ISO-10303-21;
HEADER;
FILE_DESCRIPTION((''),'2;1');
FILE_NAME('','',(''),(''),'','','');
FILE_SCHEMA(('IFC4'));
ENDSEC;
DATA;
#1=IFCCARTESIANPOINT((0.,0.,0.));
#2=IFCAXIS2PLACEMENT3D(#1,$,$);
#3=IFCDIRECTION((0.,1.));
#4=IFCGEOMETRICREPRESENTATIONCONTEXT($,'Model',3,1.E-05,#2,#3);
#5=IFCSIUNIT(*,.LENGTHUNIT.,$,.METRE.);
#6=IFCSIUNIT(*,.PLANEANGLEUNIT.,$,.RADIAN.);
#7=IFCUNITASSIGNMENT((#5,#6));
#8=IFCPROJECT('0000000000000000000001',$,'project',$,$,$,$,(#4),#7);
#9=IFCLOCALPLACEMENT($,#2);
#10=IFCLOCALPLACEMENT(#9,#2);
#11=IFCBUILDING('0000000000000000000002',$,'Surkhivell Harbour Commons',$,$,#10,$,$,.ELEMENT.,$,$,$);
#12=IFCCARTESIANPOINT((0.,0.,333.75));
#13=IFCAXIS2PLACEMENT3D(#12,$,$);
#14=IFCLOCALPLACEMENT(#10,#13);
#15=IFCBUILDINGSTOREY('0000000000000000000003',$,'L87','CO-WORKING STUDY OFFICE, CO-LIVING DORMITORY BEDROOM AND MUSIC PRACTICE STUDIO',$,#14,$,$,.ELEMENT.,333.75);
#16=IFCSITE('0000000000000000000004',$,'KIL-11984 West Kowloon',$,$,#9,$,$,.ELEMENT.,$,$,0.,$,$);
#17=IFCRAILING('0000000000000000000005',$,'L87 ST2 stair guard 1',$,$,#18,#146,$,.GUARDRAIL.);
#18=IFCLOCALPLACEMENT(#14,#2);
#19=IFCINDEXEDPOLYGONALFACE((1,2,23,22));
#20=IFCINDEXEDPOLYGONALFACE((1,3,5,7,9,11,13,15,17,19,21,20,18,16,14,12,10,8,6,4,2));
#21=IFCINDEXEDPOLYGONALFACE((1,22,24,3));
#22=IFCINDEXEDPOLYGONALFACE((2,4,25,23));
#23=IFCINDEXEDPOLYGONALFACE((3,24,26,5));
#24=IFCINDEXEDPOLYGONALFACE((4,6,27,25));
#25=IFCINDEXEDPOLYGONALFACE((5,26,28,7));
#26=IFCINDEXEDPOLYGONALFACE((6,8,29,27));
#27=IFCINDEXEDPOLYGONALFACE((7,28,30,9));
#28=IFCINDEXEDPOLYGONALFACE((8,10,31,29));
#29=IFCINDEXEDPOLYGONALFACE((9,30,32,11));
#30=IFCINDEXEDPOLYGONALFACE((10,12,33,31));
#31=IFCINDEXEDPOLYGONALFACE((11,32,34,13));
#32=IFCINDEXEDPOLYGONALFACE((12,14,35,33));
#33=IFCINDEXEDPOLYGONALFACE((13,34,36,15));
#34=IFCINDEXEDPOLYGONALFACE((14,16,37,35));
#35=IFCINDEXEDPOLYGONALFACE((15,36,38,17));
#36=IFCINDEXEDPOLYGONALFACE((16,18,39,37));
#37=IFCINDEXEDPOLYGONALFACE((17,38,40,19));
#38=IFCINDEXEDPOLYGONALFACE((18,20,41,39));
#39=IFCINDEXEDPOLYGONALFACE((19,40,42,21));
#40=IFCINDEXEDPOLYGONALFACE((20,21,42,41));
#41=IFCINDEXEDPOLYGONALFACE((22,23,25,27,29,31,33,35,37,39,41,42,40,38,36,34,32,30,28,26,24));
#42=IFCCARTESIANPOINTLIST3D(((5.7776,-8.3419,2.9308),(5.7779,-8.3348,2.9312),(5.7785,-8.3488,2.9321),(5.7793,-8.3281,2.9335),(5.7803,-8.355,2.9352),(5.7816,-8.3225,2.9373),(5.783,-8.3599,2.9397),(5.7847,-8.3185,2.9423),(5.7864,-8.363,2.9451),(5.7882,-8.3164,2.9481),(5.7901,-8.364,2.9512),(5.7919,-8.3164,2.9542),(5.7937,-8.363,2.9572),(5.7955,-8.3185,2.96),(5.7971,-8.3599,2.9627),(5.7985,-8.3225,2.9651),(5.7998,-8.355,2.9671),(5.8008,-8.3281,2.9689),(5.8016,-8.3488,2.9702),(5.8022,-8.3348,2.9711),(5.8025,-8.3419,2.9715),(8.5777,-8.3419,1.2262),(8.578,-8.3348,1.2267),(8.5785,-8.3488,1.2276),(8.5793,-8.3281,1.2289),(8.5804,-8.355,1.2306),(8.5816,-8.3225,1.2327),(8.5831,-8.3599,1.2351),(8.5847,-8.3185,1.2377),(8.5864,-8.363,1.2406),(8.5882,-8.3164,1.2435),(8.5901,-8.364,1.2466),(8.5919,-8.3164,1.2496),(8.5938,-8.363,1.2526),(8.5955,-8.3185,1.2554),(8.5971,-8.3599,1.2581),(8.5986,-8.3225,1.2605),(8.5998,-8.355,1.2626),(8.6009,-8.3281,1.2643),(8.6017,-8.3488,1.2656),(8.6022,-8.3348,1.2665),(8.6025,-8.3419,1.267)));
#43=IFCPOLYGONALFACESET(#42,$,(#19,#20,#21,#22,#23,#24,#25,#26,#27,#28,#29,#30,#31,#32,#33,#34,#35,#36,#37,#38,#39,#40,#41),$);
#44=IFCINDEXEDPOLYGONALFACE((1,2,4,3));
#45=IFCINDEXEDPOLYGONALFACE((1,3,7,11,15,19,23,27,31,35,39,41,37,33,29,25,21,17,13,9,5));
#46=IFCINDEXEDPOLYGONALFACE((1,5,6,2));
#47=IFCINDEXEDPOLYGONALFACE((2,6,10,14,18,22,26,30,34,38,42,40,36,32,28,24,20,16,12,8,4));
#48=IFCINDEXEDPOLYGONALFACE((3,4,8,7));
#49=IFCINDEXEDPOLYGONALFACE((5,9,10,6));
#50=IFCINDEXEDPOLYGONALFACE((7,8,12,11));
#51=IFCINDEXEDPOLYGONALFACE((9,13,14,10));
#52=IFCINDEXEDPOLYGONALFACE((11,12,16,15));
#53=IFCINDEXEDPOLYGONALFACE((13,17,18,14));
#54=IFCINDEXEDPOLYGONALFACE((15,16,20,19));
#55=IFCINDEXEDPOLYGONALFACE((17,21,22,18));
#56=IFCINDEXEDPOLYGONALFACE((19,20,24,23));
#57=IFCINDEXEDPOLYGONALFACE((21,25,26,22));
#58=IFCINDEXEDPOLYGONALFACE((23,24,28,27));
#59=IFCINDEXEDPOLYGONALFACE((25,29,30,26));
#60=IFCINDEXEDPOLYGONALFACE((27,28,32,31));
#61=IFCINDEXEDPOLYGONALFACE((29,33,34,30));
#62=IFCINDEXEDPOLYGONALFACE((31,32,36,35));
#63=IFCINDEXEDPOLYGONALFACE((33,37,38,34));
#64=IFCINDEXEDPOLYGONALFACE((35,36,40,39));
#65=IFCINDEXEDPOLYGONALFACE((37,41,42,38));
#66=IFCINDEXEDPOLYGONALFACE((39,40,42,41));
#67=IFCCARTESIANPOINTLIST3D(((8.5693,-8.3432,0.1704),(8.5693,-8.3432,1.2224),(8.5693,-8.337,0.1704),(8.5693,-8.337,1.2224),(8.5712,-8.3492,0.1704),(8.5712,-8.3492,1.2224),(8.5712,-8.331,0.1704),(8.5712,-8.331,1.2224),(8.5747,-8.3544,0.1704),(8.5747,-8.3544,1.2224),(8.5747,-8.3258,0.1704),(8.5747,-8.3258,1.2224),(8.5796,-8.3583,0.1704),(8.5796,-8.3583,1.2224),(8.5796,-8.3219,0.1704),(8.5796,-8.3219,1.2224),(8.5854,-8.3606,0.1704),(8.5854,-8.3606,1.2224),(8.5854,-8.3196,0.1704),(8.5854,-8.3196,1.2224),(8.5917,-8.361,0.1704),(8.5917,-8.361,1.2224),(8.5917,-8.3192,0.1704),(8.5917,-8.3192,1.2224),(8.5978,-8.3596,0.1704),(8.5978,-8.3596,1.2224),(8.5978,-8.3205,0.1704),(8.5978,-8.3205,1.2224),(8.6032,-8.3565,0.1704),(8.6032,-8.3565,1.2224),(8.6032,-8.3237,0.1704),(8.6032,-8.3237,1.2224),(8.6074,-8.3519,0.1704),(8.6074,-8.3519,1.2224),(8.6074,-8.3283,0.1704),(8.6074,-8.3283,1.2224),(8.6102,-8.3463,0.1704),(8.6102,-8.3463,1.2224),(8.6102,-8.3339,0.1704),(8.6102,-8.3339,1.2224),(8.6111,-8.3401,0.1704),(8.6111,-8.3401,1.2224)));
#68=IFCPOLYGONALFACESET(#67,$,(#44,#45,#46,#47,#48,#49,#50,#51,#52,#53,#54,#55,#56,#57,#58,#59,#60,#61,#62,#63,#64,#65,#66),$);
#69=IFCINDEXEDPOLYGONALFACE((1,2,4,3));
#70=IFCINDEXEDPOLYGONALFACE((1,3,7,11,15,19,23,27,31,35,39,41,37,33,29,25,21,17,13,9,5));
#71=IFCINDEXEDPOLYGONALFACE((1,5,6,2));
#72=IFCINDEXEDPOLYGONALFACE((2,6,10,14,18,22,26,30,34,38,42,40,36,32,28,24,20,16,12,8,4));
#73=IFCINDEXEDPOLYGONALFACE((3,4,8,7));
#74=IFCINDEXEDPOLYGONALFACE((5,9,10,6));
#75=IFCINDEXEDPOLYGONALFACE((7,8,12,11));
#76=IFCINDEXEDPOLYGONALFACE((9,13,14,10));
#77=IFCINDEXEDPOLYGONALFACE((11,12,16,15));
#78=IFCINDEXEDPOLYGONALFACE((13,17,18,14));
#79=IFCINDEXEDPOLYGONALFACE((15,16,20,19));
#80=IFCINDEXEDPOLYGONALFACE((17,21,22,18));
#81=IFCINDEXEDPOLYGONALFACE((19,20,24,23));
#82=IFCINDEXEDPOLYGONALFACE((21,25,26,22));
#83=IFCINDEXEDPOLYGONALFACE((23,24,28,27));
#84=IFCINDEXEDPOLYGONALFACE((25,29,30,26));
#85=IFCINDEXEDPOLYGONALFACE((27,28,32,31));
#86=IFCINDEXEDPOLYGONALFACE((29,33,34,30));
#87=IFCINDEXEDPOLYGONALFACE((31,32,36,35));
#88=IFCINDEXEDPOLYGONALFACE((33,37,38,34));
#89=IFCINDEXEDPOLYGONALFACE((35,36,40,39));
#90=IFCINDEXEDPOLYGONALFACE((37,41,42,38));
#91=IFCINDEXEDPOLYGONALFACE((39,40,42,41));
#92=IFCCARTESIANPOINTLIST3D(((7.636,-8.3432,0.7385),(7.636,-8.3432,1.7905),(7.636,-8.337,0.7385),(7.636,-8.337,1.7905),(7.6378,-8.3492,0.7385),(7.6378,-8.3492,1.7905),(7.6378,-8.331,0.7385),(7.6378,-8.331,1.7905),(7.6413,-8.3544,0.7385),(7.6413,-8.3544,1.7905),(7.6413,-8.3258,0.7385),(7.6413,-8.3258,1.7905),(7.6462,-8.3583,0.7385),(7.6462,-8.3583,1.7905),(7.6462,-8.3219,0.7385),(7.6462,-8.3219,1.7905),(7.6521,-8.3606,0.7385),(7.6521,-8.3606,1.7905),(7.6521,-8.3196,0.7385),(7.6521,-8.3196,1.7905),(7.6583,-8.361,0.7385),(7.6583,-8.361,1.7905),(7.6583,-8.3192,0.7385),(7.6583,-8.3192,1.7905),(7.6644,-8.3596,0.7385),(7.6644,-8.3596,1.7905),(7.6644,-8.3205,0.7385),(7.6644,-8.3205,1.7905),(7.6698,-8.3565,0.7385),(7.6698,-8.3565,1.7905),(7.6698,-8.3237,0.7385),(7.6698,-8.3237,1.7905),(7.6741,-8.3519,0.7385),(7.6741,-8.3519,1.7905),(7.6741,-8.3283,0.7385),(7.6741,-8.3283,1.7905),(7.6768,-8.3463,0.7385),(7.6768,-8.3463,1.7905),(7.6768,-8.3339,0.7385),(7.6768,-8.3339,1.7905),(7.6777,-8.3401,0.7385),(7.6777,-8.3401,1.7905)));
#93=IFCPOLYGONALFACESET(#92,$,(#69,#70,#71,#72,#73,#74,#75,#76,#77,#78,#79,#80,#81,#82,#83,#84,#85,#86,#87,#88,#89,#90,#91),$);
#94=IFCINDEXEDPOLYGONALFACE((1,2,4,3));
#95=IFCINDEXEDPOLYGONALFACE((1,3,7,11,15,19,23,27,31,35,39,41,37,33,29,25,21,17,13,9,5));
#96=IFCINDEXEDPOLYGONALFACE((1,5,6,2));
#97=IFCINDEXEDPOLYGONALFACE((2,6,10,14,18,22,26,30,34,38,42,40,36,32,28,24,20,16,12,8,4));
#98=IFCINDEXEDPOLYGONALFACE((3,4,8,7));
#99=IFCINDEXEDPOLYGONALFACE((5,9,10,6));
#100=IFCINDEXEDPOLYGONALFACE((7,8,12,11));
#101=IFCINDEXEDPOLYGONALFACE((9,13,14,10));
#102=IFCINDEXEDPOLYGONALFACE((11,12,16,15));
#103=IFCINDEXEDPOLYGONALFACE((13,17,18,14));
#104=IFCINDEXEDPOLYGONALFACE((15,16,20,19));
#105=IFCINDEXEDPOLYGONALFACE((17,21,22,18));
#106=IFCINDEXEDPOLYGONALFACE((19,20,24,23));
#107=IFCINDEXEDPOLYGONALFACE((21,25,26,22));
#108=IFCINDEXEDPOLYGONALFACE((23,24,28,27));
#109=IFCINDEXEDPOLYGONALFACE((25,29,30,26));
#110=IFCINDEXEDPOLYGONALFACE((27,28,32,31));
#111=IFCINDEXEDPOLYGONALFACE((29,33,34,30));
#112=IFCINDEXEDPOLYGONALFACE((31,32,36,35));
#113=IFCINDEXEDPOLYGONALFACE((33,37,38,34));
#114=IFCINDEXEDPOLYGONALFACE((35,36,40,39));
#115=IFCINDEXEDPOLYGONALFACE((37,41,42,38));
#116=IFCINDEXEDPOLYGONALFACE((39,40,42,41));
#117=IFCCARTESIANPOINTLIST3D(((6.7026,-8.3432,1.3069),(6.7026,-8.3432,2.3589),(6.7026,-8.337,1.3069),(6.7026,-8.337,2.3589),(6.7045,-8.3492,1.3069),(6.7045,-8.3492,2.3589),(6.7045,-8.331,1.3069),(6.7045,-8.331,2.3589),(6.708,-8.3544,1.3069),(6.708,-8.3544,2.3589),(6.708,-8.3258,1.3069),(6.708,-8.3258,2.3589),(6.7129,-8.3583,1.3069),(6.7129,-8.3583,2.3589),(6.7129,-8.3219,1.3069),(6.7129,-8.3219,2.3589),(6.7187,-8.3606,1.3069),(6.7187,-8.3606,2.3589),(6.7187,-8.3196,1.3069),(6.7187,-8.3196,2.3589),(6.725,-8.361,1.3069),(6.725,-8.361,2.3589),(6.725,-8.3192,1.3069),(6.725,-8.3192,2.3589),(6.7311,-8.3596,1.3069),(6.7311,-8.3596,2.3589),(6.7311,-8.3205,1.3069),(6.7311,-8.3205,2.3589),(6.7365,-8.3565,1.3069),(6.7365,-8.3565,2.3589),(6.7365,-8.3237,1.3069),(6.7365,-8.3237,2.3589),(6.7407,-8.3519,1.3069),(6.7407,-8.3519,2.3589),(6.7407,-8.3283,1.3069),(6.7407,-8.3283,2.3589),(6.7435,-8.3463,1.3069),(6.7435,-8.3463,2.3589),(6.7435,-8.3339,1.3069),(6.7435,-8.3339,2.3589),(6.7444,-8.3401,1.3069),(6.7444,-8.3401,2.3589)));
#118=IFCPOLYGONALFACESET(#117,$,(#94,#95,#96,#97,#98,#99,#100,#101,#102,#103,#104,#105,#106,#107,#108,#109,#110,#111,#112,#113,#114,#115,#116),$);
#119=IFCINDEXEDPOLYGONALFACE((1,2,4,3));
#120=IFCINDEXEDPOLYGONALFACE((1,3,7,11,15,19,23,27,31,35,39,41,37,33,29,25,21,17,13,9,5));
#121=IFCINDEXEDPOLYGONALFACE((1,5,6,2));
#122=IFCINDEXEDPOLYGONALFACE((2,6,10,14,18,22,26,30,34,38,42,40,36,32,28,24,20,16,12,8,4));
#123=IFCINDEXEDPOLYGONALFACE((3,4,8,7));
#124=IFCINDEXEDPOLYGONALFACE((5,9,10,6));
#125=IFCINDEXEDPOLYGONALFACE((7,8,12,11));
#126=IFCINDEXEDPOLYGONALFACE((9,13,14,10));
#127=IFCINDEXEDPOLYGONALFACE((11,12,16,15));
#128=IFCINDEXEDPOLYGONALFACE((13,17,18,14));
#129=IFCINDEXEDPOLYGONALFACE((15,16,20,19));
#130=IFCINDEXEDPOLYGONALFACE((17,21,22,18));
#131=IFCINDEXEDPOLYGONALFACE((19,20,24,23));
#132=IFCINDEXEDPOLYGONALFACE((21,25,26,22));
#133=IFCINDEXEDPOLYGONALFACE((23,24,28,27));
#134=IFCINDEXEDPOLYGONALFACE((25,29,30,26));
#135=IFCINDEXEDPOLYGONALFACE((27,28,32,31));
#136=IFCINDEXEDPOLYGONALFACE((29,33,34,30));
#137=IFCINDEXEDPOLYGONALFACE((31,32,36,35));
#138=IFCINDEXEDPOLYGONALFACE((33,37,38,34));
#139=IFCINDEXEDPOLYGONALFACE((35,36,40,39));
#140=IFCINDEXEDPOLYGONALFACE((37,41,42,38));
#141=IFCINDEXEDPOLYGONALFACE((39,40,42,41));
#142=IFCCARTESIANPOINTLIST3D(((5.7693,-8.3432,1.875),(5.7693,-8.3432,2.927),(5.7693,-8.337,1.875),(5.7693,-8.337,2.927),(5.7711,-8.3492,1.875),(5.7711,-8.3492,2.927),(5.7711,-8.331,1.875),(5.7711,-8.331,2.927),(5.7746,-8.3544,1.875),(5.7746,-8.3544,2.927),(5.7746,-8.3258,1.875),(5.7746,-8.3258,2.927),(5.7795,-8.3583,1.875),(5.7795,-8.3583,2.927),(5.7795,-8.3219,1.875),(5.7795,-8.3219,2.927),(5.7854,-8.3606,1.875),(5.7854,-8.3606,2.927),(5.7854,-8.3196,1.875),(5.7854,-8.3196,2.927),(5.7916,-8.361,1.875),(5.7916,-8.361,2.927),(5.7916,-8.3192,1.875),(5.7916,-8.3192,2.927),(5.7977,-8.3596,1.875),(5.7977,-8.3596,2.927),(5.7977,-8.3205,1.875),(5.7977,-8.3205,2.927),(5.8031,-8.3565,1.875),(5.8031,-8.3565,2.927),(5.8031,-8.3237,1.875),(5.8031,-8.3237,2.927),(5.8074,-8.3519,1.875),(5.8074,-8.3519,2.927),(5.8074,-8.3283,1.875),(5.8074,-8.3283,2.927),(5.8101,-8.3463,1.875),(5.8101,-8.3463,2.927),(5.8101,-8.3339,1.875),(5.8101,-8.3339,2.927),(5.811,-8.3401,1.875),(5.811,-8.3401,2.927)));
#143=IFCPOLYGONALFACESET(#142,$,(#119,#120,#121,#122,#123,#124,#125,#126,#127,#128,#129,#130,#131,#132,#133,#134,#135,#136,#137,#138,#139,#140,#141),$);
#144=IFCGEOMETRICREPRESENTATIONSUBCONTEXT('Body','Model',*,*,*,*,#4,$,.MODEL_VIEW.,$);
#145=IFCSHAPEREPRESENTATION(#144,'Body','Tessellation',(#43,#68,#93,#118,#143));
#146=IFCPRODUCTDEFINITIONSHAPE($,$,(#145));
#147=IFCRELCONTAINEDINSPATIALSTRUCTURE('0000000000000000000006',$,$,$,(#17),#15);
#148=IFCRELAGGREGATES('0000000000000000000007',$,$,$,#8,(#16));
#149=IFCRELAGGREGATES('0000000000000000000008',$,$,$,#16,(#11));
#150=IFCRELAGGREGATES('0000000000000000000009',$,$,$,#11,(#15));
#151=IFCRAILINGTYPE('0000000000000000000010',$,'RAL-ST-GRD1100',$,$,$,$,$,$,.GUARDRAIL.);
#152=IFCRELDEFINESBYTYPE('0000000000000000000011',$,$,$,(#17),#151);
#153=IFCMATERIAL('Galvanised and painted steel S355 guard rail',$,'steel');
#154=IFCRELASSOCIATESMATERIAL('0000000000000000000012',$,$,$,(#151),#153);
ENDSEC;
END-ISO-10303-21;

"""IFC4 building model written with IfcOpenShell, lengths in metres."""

from ifc_helpers import new_model, si_unit, direction, frame, origin, origin_2d, place, context, subcontext, project, spatial, circle, extrude, material, type_object, element, save


model = new_model("IFC4")

# Units and contexts
model_context = context("Model", 3, precision=1e-05, world=origin(), true_north=direction((0.0, 1.0)))
body_context = subcontext(model_context, "Body", "Model", "MODEL_VIEW")
ifc_project = project(units=[si_unit("LENGTHUNIT", "METRE"), si_unit("PLANEANGLEUNIT", "RADIAN")], contexts=[model_context])

# Site, building, storey
site_placement = place(None, origin())
site = spatial("IfcSite", under=ifc_project, at=site_placement, Name="KIL-11984 West Kowloon", CompositionType="ELEMENT", RefElevation=0.0)
building_placement = place(site_placement, origin())
building = spatial("IfcBuilding", under=site, at=building_placement, Name="Surkhivell Harbour Commons", CompositionType="ELEMENT")
storey_placement = place(building_placement, frame((0.0, 0.0, 333.75)))
storey = spatial("IfcBuildingStorey", under=building, at=storey_placement, Name="L87", Description="CO-WORKING STUDY OFFICE, CO-LIVING DORMITORY BEDROOM AND MUSIC PRACTICE STUDIO", CompositionType="ELEMENT", Elevation=333.75)

# Railing
ifc_material_1 = material(Name="Galvanised and painted steel S355 guard rail", Category="steel")
railing_type_1 = type_object("IfcRailingType", Name="RAL-ST-GRD1100", PredefinedType="GUARDRAIL", material=ifc_material_1)
railing_1_placement = place(storey_placement, frame((8.5901, -8.3401, 0.1704)))
element("IfcRailing", 1, at=railing_1_placement, inside=storey, type_object=railing_type_1, Name="L87 ST2 stair guard 1", PredefinedType="GUARDRAIL", context=body_context, shape_type="SweptSolid", body=[
    extrude(circle(Radius=0.0239, at=origin_2d()), frame((0.0, 0.0, 1.0762), z_axis=(-0.85417, 0.0, 0.519994), x_axis=(0.0, -1.0, 0.0)), (0.0, 0.0, 1.0), 3.2781),
    extrude(circle(Radius=0.021, at=origin_2d()), origin(), (0.0, 0.0, 1.0), 1.052),
    extrude(circle(Radius=0.021, at=origin_2d()), frame((-0.9333, 0.0, 0.5681)), (0.0, 0.0, 1.0), 1.052),
    extrude(circle(Radius=0.021, at=origin_2d()), frame((-1.8667, 0.0, 1.1365)), (0.0, 0.0, 1.0), 1.052),
    extrude(circle(Radius=0.021, at=origin_2d()), frame((-2.8, 0.0, 1.7046)), (0.0, 0.0, 1.0), 1.052),
])

save(model, "model.ifc")
